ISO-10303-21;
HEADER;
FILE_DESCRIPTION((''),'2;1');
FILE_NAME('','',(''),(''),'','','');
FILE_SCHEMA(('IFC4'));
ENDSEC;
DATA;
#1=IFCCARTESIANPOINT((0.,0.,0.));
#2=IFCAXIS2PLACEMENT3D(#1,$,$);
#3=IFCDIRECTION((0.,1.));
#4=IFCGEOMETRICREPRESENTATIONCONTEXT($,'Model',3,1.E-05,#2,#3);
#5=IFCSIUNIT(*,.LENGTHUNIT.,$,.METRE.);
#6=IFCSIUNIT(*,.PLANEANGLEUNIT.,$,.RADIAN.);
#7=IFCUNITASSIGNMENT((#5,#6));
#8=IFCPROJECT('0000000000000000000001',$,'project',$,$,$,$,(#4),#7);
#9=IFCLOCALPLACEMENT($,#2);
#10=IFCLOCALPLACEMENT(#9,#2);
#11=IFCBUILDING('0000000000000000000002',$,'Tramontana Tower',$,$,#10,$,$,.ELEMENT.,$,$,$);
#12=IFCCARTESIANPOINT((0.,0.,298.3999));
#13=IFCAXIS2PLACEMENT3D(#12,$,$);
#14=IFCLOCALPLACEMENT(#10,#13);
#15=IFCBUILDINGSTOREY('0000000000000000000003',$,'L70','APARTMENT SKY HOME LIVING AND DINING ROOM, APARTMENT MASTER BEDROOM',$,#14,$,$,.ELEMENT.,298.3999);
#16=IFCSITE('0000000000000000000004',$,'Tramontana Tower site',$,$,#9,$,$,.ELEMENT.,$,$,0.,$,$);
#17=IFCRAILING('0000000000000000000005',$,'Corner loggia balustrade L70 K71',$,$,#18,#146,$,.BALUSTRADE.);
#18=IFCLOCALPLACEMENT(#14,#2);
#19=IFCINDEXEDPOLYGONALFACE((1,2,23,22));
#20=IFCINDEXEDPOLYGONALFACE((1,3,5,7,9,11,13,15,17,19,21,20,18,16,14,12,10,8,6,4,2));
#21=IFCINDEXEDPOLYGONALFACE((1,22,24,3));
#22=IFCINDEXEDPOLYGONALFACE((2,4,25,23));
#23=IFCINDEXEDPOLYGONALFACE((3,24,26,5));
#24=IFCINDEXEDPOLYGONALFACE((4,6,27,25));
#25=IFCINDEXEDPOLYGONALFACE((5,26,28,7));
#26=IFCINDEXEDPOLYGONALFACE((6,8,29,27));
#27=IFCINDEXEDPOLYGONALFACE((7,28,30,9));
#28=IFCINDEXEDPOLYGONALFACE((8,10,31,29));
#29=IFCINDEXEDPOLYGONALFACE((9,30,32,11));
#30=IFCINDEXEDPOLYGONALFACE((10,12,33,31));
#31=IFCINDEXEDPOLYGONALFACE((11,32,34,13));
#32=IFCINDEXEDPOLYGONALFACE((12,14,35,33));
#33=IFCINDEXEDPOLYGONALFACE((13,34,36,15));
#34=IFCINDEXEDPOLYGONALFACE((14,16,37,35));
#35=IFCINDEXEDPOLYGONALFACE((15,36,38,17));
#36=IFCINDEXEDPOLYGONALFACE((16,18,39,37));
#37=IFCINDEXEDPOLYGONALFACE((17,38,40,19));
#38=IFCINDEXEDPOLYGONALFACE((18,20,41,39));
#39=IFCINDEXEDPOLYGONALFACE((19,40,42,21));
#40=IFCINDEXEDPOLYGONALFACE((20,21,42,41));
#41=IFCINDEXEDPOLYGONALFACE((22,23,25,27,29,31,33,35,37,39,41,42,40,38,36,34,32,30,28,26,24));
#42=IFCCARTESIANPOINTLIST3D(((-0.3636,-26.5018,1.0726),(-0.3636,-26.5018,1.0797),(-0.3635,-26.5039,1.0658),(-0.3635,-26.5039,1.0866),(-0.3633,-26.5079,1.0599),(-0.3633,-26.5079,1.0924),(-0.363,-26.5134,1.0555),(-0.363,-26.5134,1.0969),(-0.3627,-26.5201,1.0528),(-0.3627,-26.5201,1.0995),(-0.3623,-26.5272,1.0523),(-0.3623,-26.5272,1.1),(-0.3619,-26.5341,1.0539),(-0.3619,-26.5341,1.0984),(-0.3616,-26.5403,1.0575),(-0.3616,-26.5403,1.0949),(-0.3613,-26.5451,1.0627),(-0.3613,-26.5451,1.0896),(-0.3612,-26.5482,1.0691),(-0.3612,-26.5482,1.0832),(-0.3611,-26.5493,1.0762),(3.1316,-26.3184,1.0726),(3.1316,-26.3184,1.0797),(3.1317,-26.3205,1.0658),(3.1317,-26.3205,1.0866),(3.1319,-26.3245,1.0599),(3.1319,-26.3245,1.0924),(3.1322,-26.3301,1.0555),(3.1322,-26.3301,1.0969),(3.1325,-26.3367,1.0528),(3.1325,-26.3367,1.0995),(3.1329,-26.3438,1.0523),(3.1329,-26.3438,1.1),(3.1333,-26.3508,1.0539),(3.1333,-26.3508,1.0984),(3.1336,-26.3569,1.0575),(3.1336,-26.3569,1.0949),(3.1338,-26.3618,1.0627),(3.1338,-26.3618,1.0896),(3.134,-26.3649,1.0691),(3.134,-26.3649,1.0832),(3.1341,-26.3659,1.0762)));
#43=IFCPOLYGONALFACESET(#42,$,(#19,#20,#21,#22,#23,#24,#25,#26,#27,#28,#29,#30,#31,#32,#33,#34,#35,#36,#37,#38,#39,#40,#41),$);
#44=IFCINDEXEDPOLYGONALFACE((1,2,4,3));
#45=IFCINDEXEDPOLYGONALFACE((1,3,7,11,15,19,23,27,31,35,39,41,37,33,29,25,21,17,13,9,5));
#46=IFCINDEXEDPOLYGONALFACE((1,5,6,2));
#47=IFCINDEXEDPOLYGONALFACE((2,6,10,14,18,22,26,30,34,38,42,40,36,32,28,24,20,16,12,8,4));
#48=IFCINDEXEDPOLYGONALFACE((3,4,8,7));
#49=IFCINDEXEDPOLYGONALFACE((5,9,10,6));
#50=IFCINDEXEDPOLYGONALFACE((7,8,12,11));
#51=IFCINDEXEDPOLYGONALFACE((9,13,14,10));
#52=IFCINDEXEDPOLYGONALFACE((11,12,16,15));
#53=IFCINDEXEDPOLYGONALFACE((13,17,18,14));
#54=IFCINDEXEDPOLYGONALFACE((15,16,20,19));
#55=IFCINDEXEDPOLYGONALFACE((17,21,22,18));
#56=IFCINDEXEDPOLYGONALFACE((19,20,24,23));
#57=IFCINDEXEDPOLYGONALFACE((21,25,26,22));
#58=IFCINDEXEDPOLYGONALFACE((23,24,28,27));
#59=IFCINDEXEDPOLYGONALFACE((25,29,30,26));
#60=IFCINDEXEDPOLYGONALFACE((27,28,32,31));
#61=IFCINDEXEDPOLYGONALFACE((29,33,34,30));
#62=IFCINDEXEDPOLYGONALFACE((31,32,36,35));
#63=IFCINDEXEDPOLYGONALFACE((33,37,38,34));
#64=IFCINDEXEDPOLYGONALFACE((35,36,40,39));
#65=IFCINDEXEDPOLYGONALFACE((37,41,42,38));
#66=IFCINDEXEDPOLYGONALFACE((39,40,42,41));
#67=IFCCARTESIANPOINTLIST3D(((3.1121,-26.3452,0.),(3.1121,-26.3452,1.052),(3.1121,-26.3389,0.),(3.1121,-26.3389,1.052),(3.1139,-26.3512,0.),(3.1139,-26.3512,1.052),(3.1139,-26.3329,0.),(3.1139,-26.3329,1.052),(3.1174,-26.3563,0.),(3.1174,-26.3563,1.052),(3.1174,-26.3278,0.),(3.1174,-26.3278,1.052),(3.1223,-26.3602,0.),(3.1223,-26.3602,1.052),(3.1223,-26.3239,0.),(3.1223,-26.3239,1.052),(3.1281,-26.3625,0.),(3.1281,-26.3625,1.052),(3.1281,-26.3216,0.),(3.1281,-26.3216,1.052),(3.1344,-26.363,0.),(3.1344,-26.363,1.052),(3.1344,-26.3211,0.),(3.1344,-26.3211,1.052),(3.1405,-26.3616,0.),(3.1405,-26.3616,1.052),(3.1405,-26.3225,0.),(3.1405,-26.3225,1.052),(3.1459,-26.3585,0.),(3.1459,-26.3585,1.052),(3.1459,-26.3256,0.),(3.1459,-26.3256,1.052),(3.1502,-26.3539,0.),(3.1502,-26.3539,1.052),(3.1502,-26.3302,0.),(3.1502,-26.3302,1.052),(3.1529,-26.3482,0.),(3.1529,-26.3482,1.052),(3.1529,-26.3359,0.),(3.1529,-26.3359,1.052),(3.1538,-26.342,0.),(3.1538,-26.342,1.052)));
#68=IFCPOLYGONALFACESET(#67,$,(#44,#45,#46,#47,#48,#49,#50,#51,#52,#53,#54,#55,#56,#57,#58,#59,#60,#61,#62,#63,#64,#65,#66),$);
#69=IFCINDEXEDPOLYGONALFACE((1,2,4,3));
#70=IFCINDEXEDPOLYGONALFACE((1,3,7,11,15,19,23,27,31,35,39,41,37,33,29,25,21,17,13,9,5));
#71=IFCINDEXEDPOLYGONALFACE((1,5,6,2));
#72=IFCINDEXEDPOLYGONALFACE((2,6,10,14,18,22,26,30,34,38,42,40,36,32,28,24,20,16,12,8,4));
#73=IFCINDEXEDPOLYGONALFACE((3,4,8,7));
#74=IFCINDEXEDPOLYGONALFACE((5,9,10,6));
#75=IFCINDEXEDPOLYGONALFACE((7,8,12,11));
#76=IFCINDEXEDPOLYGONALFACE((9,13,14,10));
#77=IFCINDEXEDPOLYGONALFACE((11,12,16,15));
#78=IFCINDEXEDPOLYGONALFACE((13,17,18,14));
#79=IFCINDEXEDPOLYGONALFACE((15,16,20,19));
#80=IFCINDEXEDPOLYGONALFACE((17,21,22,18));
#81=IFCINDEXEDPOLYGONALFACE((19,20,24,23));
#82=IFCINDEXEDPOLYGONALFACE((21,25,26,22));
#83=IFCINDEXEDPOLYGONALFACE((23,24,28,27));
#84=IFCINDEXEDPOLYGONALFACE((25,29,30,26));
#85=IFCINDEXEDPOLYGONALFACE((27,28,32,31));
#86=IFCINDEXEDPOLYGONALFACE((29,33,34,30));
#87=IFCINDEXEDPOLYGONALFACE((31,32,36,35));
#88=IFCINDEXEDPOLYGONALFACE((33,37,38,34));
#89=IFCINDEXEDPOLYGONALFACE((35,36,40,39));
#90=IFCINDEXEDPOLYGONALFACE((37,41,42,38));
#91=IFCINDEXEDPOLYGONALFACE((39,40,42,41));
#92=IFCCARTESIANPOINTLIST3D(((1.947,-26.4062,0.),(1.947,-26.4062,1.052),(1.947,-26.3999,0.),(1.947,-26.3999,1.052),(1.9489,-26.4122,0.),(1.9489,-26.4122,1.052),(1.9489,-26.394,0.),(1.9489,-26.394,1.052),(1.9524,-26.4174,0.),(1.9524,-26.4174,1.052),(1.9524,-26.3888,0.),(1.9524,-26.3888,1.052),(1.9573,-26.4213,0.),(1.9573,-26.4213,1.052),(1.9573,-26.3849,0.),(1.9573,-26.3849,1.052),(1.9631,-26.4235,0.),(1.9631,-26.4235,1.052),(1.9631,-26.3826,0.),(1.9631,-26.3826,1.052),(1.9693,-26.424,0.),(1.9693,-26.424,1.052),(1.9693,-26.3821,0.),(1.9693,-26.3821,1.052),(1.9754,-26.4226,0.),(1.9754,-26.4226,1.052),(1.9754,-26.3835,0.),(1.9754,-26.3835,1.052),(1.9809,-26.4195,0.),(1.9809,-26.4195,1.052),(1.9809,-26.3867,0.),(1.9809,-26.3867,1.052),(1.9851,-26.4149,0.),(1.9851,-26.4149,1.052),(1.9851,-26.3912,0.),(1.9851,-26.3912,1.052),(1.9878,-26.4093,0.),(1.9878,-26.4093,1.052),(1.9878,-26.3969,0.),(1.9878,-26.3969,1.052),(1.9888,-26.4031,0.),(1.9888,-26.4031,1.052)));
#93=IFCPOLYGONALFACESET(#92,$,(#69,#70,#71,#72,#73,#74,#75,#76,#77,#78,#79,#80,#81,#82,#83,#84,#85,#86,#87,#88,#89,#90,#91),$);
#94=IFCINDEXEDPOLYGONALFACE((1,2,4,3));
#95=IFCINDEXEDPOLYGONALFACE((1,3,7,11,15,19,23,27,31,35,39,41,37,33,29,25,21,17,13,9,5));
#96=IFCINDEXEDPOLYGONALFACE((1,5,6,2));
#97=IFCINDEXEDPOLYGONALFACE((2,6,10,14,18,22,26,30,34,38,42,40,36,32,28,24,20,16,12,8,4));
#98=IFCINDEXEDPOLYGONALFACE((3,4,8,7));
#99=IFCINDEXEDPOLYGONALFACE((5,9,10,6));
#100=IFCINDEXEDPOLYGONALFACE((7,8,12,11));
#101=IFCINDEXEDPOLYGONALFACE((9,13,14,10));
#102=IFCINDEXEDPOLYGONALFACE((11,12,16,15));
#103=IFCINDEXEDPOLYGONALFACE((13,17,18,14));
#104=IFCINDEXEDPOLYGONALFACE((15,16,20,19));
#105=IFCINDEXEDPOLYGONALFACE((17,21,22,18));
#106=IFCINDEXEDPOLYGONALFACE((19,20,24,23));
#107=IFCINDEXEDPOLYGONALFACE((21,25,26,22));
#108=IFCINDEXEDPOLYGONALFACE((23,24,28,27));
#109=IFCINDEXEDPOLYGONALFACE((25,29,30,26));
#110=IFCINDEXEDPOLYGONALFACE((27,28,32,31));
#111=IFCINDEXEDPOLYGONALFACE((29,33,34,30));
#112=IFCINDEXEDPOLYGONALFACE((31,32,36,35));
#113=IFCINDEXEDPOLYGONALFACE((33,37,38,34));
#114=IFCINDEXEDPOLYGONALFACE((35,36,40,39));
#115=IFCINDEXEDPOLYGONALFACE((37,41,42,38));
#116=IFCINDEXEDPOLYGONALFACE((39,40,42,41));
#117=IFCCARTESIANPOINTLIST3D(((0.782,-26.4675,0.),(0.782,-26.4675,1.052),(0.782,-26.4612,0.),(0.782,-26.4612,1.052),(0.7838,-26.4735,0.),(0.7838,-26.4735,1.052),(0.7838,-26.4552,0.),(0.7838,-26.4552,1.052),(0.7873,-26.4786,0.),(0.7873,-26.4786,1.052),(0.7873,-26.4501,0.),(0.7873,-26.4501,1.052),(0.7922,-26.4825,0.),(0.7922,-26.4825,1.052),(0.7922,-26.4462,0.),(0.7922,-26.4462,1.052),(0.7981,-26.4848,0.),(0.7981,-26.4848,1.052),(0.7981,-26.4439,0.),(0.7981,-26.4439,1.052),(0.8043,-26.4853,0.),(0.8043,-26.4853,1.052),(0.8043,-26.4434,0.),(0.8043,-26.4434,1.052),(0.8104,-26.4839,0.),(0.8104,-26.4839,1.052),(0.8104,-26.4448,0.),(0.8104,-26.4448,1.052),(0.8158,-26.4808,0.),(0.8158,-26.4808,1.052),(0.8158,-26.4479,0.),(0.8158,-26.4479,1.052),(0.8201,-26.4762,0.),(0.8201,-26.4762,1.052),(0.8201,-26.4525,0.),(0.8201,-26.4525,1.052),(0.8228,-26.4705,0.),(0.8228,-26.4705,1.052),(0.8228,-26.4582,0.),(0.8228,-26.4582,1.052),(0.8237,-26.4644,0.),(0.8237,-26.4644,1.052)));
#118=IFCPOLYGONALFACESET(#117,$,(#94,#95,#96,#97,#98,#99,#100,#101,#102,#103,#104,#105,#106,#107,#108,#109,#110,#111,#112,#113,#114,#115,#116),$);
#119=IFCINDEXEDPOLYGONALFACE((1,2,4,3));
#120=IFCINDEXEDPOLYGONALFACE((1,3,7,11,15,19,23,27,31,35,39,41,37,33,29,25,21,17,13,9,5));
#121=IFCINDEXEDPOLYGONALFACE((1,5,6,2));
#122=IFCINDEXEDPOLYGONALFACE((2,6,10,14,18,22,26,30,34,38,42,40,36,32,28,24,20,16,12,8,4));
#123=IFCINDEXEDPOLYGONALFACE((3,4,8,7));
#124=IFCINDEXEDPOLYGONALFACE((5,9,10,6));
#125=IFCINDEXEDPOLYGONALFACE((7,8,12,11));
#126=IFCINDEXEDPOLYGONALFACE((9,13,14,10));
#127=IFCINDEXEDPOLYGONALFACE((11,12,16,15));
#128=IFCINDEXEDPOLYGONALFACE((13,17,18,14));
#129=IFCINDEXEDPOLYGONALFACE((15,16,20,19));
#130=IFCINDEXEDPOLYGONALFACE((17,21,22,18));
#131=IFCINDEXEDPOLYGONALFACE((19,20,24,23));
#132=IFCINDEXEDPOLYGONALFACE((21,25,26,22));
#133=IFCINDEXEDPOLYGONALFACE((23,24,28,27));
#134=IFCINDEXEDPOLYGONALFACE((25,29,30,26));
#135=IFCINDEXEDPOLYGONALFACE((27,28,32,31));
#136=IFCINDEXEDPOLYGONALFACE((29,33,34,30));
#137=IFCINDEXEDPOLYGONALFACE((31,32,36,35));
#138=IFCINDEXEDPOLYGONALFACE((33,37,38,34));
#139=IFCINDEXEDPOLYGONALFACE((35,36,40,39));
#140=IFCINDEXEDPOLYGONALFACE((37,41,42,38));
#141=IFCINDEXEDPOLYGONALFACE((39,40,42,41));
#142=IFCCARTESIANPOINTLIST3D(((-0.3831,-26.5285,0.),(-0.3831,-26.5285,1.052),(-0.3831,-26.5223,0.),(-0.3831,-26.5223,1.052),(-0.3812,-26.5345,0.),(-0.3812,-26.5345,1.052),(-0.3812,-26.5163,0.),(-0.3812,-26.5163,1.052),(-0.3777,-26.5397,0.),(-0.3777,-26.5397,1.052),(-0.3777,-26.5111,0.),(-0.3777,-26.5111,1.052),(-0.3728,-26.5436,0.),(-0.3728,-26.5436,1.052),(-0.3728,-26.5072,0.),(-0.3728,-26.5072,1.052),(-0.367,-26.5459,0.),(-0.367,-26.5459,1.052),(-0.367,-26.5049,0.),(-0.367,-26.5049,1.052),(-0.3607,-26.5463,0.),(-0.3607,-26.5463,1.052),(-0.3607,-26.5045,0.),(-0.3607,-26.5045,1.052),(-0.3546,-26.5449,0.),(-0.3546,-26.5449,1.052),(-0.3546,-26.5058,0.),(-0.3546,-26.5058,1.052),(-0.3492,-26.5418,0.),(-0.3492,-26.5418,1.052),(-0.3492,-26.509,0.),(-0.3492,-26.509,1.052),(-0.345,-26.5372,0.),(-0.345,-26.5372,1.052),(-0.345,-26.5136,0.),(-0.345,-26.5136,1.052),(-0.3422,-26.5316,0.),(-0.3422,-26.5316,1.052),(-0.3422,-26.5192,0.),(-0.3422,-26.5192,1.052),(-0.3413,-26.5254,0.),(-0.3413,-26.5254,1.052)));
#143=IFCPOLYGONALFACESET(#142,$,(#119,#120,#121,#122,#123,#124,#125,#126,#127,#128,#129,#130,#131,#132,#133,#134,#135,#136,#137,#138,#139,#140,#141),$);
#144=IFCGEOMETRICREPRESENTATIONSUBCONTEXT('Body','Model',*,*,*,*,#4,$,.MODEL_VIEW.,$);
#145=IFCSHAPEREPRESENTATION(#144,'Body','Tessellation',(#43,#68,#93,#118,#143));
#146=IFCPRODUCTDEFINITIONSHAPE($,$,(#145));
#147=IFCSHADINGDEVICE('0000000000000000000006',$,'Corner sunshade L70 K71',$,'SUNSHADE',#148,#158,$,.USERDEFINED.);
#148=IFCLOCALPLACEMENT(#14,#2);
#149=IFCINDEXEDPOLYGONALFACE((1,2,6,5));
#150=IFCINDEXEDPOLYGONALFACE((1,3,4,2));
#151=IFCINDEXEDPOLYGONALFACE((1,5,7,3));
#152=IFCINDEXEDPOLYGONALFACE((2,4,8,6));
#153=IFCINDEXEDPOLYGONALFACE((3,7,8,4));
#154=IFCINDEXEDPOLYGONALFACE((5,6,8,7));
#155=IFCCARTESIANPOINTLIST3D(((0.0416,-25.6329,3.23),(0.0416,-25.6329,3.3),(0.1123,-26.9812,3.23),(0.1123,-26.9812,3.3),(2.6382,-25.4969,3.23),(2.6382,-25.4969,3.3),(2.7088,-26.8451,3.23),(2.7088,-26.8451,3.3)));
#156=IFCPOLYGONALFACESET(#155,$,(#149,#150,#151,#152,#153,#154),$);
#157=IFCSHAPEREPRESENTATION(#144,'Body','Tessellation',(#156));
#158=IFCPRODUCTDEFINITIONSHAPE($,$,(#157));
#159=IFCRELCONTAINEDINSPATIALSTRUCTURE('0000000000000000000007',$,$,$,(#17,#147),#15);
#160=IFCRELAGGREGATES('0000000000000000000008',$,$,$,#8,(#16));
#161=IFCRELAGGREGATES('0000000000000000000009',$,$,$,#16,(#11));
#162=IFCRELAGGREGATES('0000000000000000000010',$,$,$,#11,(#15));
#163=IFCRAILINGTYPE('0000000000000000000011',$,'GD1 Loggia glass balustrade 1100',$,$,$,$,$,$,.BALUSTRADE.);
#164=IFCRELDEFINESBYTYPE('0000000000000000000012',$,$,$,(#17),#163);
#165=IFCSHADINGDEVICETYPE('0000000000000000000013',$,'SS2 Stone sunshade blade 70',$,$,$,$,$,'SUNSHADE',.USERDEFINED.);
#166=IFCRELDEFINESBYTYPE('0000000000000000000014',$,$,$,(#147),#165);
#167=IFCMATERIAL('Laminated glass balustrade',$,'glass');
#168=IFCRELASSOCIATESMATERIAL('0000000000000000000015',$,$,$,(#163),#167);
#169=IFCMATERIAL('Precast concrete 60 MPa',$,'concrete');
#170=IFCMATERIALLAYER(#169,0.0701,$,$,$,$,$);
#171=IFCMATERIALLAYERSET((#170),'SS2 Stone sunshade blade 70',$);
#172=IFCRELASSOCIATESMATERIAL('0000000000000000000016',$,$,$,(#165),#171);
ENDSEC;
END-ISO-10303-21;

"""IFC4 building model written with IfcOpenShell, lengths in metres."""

from ifc_helpers import new_model, si_unit, direction, frame, origin, origin_2d, place, context, subcontext, project, spatial, rectangle, circle, extrude, material, layer, layer_set, type_object, element, save


model = new_model("IFC4")

# Units and contexts
model_context = context("Model", 3, precision=1e-05, world=origin(), true_north=direction((0.0, 1.0)))
body_context = subcontext(model_context, "Body", "Model", "MODEL_VIEW")
ifc_project = project(units=[si_unit("LENGTHUNIT", "METRE"), si_unit("PLANEANGLEUNIT", "RADIAN")], contexts=[model_context])

# Site, building, storey
site_placement = place(None, origin())
site = spatial("IfcSite", under=ifc_project, at=site_placement, Name="Tramontana Tower site", CompositionType="ELEMENT", RefElevation=0.0)
building_placement = place(site_placement, origin())
building = spatial("IfcBuilding", under=site, at=building_placement, Name="Tramontana Tower", CompositionType="ELEMENT")
storey_placement = place(building_placement, frame((0.0, 0.0, 298.3999)))
storey = spatial("IfcBuildingStorey", under=building, at=storey_placement, Name="L70", Description="APARTMENT SKY HOME LIVING AND DINING ROOM, APARTMENT MASTER BEDROOM", CompositionType="ELEMENT", Elevation=298.3999)

# Railing
ifc_material_1 = material(Name="Laminated glass balustrade", Category="glass")
railing_type = type_object("IfcRailingType", Name="GD1 Loggia glass balustrade 1100", PredefinedType="BALUSTRADE", material=ifc_material_1)
railing_1_placement = place(storey_placement, frame((3.1328, -26.342, 0.0)))
element("IfcRailing", 1, at=railing_1_placement, inside=storey, type_object=railing_type, Name="Corner loggia balustrade L70 K71", PredefinedType="BALUSTRADE", context=body_context, shape_type="SweptSolid", body=[
    extrude(circle(Radius=0.0239, at=origin_2d()), frame((0.0, 0.0, 1.0762), z_axis=(-0.998627, -0.052387, 0.0), x_axis=(0.052387, -0.998627, 0.0)), (0.0, 0.0, 1.0), 3.5),
    extrude(circle(Radius=0.021, at=origin_2d()), origin(), (0.0, 0.0, 1.0), 1.052),
    extrude(circle(Radius=0.021, at=origin_2d()), frame((-1.165, -0.061, 0.0)), (0.0, 0.0, 1.0), 1.052),
    extrude(circle(Radius=0.021, at=origin_2d()), frame((-2.3301, -0.1223, 0.0)), (0.0, 0.0, 1.0), 1.052),
    extrude(circle(Radius=0.021, at=origin_2d()), frame((-3.4951, -0.1833, 0.0)), (0.0, 0.0, 1.0), 1.052),
])

# Shading device
ifc_material_2 = material(Name="Precast concrete 60 MPa", Category="concrete")
ifc_layer_1 = layer(ifc_material_2, 0.0701)
ifc_layer_set_1 = layer_set([ifc_layer_1], Name="SS2 Stone sunshade blade 70")
shading_device_type = type_object("IfcShadingDeviceType", Name="SS2 Stone sunshade blade 70", ElementType="SUNSHADE", PredefinedType="USERDEFINED", material=ifc_layer_set_1)
shading_device_placement = place(storey_placement, frame((1.3752, -26.239, 3.23), z_axis=(0.0, 0.0, 1.0), x_axis=(-0.99863, -0.052336, 0.0)))
element("IfcShadingDevice", 2, at=shading_device_placement, inside=storey, type_object=shading_device_type, Name="Corner sunshade L70 K71", ObjectType="SUNSHADE", PredefinedType="USERDEFINED", context=body_context, shape_type="SweptSolid", body=[
    extrude(rectangle(XDim=2.6001, YDim=1.3501, at=origin_2d()), origin(), (0.0, 0.0, 1.0), 0.0701),
])

save(model, "model.ifc")
